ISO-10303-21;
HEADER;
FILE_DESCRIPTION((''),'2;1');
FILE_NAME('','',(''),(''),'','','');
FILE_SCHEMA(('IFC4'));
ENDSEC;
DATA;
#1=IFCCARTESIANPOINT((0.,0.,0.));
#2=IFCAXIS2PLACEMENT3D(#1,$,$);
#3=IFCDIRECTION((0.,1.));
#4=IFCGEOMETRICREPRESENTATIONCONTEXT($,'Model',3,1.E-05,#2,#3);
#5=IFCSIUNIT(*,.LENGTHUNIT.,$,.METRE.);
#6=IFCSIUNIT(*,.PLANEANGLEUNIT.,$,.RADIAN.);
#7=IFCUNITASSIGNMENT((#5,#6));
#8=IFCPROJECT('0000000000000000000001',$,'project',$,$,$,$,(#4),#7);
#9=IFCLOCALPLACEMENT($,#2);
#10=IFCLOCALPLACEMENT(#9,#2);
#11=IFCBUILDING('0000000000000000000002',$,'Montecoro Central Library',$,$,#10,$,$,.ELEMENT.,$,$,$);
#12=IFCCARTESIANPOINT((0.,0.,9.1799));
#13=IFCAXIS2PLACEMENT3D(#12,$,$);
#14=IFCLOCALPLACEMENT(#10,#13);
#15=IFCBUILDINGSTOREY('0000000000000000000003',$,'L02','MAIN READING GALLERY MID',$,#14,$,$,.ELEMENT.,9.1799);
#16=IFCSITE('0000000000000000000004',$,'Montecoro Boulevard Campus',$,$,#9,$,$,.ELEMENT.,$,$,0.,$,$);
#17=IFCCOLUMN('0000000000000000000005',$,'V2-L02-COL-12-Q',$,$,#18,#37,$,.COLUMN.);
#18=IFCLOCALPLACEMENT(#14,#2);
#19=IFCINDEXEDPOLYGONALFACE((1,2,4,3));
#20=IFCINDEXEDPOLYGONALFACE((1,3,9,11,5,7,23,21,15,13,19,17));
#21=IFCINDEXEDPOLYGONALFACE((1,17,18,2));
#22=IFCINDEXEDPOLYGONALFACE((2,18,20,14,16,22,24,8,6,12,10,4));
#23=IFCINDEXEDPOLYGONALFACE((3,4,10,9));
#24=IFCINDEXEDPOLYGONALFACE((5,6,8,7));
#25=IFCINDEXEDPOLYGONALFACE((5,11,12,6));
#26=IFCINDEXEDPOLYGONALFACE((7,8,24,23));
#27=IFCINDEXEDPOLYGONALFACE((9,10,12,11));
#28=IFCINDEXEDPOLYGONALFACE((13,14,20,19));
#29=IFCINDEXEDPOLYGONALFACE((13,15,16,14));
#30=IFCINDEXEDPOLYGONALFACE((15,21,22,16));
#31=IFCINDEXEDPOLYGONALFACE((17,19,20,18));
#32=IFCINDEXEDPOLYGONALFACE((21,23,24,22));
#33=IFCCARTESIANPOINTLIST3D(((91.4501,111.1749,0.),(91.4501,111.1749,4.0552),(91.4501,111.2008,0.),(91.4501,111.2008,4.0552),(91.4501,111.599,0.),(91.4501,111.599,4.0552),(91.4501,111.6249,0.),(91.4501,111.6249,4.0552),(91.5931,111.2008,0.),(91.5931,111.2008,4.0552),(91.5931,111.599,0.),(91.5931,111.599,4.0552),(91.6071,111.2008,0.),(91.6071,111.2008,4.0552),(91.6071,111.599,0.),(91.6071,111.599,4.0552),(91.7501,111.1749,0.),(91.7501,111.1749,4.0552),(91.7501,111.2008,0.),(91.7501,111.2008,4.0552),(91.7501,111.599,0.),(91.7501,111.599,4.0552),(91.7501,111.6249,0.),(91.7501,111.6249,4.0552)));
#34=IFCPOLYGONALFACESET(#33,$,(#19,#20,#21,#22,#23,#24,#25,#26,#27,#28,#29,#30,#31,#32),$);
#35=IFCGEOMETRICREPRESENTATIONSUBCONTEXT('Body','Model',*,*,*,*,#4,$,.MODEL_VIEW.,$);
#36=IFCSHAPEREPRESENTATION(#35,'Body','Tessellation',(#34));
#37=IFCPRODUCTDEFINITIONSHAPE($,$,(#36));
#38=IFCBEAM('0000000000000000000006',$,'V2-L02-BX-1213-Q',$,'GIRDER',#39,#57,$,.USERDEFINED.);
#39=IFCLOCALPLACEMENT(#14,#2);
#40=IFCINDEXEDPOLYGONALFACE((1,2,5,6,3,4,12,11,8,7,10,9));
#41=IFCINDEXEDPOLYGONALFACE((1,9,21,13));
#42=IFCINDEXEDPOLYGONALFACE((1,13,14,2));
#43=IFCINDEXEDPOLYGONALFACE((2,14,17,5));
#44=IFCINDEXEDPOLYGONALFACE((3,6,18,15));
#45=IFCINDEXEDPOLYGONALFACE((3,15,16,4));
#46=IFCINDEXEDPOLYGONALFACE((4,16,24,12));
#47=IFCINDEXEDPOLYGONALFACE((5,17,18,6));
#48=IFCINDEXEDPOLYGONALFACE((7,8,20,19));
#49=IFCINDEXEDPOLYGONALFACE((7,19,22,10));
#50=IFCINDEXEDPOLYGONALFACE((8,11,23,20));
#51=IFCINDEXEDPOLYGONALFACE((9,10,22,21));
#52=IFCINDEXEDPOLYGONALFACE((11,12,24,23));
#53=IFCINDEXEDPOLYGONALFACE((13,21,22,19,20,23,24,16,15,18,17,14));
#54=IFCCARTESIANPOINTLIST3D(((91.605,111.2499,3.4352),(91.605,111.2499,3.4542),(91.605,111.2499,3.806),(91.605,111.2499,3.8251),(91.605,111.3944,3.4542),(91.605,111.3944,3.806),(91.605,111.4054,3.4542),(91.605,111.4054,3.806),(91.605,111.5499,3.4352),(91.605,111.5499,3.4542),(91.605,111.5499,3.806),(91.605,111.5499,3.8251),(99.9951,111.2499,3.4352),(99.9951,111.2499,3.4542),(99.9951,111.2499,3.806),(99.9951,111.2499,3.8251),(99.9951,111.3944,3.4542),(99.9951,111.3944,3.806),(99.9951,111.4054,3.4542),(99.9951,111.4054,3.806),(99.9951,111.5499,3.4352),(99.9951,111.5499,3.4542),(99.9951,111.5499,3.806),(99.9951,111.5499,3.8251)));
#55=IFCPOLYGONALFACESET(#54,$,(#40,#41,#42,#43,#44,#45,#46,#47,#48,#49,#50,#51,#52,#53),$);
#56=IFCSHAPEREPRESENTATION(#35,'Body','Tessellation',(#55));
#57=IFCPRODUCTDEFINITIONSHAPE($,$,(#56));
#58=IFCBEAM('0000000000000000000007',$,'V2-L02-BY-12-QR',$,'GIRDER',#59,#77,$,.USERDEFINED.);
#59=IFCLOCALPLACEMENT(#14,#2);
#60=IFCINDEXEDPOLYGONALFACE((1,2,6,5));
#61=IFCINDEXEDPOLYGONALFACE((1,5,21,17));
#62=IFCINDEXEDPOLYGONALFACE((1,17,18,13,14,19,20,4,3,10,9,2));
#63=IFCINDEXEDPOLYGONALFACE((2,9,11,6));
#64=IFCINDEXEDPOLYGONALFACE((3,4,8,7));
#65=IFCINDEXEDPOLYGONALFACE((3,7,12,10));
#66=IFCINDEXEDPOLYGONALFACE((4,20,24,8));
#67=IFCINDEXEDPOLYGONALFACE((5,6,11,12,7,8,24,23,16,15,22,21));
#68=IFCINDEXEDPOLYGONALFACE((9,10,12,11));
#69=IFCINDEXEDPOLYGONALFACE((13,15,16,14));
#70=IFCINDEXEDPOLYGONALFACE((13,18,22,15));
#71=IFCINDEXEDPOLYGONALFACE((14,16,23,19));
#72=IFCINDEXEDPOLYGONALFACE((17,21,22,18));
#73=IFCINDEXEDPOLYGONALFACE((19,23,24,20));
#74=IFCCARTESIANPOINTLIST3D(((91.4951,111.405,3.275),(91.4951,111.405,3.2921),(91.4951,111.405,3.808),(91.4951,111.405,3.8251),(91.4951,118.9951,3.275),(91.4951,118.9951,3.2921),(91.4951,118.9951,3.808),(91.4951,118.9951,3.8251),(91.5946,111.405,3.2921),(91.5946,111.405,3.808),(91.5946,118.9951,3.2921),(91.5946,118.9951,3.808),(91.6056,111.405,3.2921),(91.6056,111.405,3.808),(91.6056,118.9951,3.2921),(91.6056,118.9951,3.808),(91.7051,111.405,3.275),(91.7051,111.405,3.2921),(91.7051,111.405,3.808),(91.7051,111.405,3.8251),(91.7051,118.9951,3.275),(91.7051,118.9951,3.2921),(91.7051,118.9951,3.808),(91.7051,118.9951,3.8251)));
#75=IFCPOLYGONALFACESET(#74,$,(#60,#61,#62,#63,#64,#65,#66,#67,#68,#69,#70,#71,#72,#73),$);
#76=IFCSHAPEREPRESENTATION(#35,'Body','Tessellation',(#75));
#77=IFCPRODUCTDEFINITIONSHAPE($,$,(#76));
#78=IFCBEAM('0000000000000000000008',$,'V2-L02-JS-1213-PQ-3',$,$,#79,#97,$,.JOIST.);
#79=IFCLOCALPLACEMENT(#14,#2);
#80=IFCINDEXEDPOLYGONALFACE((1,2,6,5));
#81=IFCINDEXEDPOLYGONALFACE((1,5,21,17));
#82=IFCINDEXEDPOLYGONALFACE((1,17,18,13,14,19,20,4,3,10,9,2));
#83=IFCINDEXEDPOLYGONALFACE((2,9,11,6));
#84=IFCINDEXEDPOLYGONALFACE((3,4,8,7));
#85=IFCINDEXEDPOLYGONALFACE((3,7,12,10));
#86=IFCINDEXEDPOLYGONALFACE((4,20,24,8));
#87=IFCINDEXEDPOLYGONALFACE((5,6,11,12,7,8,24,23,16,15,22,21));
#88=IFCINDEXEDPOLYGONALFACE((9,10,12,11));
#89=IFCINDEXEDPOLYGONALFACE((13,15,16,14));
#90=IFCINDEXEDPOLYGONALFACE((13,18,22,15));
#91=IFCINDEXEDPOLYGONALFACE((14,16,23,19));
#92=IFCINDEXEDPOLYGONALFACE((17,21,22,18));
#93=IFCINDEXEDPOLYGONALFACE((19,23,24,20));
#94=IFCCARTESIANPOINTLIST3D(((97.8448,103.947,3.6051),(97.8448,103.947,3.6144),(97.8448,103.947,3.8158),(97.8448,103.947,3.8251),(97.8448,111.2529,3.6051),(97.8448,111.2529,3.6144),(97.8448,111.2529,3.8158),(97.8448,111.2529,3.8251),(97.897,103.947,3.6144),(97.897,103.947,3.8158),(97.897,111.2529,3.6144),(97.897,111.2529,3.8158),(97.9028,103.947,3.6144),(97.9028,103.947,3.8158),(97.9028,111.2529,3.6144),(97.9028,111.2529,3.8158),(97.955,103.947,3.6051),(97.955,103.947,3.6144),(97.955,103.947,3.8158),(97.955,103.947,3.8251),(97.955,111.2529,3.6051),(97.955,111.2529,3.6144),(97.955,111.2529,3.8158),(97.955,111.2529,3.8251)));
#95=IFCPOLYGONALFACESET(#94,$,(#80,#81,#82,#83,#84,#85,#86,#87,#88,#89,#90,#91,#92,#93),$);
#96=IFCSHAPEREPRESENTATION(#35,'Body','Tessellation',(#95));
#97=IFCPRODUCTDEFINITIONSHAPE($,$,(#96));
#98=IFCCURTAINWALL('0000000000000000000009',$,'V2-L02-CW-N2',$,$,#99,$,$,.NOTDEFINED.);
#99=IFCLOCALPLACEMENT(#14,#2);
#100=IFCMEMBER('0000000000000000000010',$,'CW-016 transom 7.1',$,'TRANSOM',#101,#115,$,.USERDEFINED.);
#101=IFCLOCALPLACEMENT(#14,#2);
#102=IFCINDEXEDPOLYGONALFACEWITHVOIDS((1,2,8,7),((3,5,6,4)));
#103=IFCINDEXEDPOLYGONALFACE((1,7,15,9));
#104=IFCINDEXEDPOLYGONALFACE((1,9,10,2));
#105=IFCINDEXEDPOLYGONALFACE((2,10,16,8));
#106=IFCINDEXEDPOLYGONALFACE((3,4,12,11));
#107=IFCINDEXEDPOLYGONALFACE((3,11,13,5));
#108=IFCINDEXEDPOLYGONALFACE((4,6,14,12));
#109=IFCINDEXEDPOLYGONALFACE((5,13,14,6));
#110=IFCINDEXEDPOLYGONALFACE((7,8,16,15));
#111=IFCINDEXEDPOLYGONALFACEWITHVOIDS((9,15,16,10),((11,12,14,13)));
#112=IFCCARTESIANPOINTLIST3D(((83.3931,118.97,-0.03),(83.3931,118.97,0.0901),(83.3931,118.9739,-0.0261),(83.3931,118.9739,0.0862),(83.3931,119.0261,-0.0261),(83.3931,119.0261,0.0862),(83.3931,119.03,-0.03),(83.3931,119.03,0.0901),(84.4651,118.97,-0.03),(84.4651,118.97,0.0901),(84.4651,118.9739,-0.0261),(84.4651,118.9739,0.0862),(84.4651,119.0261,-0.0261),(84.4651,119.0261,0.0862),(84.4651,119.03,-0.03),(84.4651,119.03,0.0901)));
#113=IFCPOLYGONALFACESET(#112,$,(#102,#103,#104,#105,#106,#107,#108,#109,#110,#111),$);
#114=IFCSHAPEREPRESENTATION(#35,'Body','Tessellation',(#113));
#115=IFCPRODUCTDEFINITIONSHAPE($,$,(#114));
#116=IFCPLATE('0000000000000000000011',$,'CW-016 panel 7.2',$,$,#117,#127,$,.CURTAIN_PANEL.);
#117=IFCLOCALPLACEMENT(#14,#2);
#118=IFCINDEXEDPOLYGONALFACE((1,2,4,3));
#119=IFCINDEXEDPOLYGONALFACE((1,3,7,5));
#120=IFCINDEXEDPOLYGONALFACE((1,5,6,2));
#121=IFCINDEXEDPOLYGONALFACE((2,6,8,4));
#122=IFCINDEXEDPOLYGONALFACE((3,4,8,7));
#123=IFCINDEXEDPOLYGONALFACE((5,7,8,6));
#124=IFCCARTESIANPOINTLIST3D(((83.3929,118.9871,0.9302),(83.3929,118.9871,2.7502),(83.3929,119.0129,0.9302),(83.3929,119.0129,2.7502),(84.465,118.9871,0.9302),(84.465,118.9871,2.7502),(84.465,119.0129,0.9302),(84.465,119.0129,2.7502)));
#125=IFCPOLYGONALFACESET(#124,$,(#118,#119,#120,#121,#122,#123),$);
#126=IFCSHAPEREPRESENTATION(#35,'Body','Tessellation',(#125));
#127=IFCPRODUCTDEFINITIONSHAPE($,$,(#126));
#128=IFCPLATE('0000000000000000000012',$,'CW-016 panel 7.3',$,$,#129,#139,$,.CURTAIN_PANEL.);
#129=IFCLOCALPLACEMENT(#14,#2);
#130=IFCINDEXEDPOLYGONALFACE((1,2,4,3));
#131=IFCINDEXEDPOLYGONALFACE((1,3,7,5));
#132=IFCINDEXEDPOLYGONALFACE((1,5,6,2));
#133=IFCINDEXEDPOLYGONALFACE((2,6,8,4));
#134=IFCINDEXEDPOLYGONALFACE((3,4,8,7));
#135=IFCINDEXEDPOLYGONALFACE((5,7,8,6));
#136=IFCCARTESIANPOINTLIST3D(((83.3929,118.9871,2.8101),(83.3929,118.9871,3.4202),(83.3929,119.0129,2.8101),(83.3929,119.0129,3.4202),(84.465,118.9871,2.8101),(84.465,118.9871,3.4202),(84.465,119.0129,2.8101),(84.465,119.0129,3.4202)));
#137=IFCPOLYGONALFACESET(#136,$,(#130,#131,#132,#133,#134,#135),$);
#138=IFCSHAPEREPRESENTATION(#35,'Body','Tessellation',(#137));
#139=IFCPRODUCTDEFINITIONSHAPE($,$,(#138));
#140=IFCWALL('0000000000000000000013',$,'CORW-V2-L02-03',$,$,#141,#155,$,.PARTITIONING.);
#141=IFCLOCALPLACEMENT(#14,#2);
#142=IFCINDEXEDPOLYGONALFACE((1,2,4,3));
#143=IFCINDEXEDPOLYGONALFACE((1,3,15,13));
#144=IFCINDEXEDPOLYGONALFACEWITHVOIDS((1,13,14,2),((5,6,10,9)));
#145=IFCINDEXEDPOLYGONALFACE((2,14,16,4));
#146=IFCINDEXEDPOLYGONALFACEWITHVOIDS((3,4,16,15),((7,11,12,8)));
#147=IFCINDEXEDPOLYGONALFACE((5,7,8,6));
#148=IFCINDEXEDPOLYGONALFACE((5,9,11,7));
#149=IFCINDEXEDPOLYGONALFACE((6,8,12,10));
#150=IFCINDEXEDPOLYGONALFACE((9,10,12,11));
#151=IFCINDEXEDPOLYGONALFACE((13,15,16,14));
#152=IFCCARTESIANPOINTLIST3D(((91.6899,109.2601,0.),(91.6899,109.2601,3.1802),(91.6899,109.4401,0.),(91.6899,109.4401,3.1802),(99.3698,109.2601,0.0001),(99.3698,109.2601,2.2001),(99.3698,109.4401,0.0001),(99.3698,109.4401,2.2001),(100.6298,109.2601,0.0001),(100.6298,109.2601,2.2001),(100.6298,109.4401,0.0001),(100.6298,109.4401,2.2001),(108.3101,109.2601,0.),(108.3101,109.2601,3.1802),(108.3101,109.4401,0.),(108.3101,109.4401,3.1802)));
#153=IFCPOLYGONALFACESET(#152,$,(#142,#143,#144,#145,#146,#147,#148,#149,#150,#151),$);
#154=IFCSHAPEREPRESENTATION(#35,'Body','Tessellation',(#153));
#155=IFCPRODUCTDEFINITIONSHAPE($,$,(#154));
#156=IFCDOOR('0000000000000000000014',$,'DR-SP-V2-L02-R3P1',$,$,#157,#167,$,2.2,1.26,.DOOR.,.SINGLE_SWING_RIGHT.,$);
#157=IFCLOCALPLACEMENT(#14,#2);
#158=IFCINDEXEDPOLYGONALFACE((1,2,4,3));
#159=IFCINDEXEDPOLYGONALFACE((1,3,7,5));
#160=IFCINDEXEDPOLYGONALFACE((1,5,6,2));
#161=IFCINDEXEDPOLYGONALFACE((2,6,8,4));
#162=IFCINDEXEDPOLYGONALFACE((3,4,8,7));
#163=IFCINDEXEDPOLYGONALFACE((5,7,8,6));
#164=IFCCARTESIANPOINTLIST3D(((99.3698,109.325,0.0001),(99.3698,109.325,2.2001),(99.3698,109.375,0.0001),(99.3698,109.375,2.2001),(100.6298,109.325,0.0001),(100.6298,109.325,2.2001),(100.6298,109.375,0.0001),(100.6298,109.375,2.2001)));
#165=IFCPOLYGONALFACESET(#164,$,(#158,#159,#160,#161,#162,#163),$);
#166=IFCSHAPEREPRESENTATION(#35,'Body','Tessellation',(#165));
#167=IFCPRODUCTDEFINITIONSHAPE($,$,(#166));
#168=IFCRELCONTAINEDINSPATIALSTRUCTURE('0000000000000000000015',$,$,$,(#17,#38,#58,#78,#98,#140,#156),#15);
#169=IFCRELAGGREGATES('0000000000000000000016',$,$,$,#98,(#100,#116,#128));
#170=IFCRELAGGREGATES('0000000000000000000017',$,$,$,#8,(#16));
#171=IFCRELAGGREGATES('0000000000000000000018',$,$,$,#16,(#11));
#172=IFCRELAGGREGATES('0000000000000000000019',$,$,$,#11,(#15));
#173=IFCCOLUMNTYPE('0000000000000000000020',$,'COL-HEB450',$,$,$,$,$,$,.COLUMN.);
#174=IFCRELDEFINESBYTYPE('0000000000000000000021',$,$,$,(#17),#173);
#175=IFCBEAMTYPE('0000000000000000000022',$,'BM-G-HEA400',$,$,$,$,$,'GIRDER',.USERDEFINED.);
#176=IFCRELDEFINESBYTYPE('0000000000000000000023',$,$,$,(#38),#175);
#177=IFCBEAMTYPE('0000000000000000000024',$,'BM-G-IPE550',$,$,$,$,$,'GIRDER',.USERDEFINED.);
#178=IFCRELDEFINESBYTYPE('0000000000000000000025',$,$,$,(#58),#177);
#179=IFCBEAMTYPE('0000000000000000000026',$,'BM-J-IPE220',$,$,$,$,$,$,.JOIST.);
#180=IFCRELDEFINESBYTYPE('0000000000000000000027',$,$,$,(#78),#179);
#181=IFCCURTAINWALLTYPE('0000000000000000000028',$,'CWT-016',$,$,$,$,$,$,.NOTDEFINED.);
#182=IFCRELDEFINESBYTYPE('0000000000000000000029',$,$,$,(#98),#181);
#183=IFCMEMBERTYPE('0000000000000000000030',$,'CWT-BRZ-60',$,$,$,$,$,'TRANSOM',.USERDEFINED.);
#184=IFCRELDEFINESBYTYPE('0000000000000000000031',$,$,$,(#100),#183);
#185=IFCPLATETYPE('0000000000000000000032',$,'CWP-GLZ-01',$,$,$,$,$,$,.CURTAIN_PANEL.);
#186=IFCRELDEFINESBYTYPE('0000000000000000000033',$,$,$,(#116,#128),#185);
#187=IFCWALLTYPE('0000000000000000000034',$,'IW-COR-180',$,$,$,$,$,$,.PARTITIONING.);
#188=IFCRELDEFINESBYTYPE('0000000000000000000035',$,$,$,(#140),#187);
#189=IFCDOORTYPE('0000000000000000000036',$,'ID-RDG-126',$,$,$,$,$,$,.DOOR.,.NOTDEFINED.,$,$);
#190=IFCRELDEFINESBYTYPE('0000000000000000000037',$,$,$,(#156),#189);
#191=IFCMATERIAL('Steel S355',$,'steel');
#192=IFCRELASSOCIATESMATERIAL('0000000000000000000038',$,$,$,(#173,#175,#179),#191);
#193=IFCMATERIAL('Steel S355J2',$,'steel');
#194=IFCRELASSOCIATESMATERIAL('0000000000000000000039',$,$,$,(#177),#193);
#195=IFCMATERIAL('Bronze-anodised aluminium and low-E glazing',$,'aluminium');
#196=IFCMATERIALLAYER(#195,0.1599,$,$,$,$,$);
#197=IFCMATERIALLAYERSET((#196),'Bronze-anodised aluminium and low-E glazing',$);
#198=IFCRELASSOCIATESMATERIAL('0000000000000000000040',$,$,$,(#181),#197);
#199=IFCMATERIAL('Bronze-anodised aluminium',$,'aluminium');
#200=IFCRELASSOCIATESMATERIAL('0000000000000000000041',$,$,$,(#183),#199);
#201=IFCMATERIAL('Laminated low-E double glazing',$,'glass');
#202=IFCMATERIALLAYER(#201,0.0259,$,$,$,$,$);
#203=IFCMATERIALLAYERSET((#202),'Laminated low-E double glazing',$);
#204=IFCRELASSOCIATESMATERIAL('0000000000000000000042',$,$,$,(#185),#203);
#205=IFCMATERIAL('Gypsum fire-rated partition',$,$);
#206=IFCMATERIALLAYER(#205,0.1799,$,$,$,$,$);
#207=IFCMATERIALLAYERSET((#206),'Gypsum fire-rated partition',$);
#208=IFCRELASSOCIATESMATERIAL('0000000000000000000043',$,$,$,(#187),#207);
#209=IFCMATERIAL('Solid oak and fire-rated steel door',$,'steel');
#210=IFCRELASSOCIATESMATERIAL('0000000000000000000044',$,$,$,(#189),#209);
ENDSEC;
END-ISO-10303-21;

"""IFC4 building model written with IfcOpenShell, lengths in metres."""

from ifc_helpers import new_model, si_unit, direction, frame, frame_2d, origin, origin_2d, place, context, subcontext, project, spatial, rectangle, hollow_rectangle, i_section, extrude, material, layer, layer_set, material_profile, profile_set, type_object, element, fill, aggregate, save


model = new_model("IFC4")

# Units and contexts
model_context = context("Model", 3, precision=1e-05, world=origin(), true_north=direction((0.0, 1.0)))
body_context = subcontext(model_context, "Body", "Model", "MODEL_VIEW")
ifc_project = project(units=[si_unit("LENGTHUNIT", "METRE"), si_unit("PLANEANGLEUNIT", "RADIAN")], contexts=[model_context])

# Site, building, storey
site_placement = place(None, origin())
site = spatial("IfcSite", under=ifc_project, at=site_placement, Name="Montecoro Boulevard Campus", CompositionType="ELEMENT", RefElevation=0.0)
building_placement = place(site_placement, origin())
building = spatial("IfcBuilding", under=site, at=building_placement, Name="Montecoro Central Library", CompositionType="ELEMENT")
storey_placement = place(building_placement, frame((0.0, 0.0, 9.1799)))
storey = spatial("IfcBuildingStorey", under=building, at=storey_placement, Name="L02", Description="MAIN READING GALLERY MID", CompositionType="ELEMENT", Elevation=9.1799)

# Column
ifc_material_1 = material(Name="Steel S355", Category="steel")
ifc_material_profile_1 = material_profile(ifc_material_1, i_section(OverallWidth=0.3, OverallDepth=0.45, WebThickness=0.0139, FlangeThickness=0.0259, at=origin_2d()), Name="HEB 450")
ifc_profile_set_1 = profile_set([ifc_material_profile_1], Name="Steel S355")
column_type = type_object("IfcColumnType", Name="COL-HEB450", PredefinedType="COLUMN", material=ifc_profile_set_1)
column_placement = place(storey_placement, frame((91.6001, 111.3999, 0.0), z_axis=(0.0, 0.0, 1.0), x_axis=(1.0, 0.0, 0.0)))
element("IfcColumn", 1, at=column_placement, inside=storey, type_object=column_type, Name="V2-L02-COL-12-Q", PredefinedType="COLUMN", context=body_context, shape_type="SweptSolid", body=[
    extrude(i_section(OverallWidth=0.3, OverallDepth=0.45, WebThickness=0.0139, FlangeThickness=0.0259, at=origin_2d()), origin(), (0.0, 0.0, 1.0), 4.0552),
])

# Beams
ifc_material_profile_2 = material_profile(ifc_material_1, i_section(OverallWidth=0.3, OverallDepth=0.3899, WebThickness=0.011, FlangeThickness=0.019, at=origin_2d()), Name="HEA 400")
ifc_profile_set_2 = profile_set([ifc_material_profile_2], Name="Steel S355")
beam_type_1 = type_object("IfcBeamType", Name="BM-G-HEA400", ElementType="GIRDER", PredefinedType="USERDEFINED", material=ifc_profile_set_2)
beam_1_placement = place(storey_placement, frame((91.605, 111.3999, 3.6301), z_axis=(1.0, 0.0, 0.0), x_axis=(0.0, 1.0, 0.0)))
element("IfcBeam", 2, at=beam_1_placement, inside=storey, type_object=beam_type_1, Name="V2-L02-BX-1213-Q", ObjectType="GIRDER", PredefinedType="USERDEFINED", context=body_context, shape_type="SweptSolid", body=[
    extrude(i_section(OverallWidth=0.3, OverallDepth=0.3899, WebThickness=0.011, FlangeThickness=0.019, at=origin_2d()), origin(), (0.0, 0.0, 1.0), 8.3901),
])
ifc_material_2 = material(Name="Steel S355J2", Category="steel")
ifc_material_profile_3 = material_profile(ifc_material_2, i_section(OverallWidth=0.21, OverallDepth=0.55, WebThickness=0.011, FlangeThickness=0.0171, at=origin_2d()), Name="IPE 550")
ifc_profile_set_3 = profile_set([ifc_material_profile_3], Name="Steel S355J2")
beam_type_2 = type_object("IfcBeamType", Name="BM-G-IPE550", ElementType="GIRDER", PredefinedType="USERDEFINED", material=ifc_profile_set_3)
beam_2_placement = place(storey_placement, frame((91.6001, 111.405, 3.55), z_axis=(0.0, 1.0, 0.0), x_axis=(-1.0, 0.0, 0.0)))
element("IfcBeam", 3, at=beam_2_placement, inside=storey, type_object=beam_type_2, Name="V2-L02-BY-12-QR", ObjectType="GIRDER", PredefinedType="USERDEFINED", context=body_context, shape_type="SweptSolid", body=[
    extrude(i_section(OverallWidth=0.21, OverallDepth=0.55, WebThickness=0.011, FlangeThickness=0.0171, at=origin_2d()), origin(), (0.0, 0.0, 1.0), 7.5901),
])
ifc_material_profile_4 = material_profile(ifc_material_1, i_section(OverallWidth=0.1101, OverallDepth=0.22, WebThickness=0.0059, FlangeThickness=0.0093, at=origin_2d()), Name="IPE 220")
ifc_profile_set_4 = profile_set([ifc_material_profile_4], Name="Steel S355")
beam_type_3 = type_object("IfcBeamType", Name="BM-J-IPE220", PredefinedType="JOIST", material=ifc_profile_set_4)
beam_3_placement = place(storey_placement, frame((97.8999, 103.947, 3.7151), z_axis=(0.0, 1.0, 0.0), x_axis=(-1.0, 0.0, 0.0)))
element("IfcBeam", 4, at=beam_3_placement, inside=storey, type_object=beam_type_3, Name="V2-L02-JS-1213-PQ-3", PredefinedType="JOIST", context=body_context, shape_type="SweptSolid", body=[
    extrude(i_section(OverallWidth=0.1101, OverallDepth=0.22, WebThickness=0.0059, FlangeThickness=0.0093, at=origin_2d()), origin(), (0.0, 0.0, 1.0), 7.3059),
])

# Curtain wall, member, plates
ifc_material_3 = material(Name="Bronze-anodised aluminium and low-E glazing", Category="aluminium")
ifc_layer_1 = layer(ifc_material_3, 0.1599)
ifc_layer_set_1 = layer_set([ifc_layer_1], Name="Bronze-anodised aluminium and low-E glazing")
curtain_wall_type = type_object("IfcCurtainWallType", Name="CWT-016", PredefinedType="NOTDEFINED", material=ifc_layer_set_1)
curtain_wall_placement = place(storey_placement, origin())
curtain_wall = element("IfcCurtainWall", 5, at=curtain_wall_placement, inside=storey, type_object=curtain_wall_type, Name="V2-L02-CW-N2", PredefinedType="NOTDEFINED")
ifc_material_4 = material(Name="Bronze-anodised aluminium", Category="aluminium")
ifc_material_profile_5 = material_profile(ifc_material_4, hollow_rectangle(XDim=0.0601, YDim=0.1201, WallThickness=0.0039, at=origin_2d()), Name="CWT 120x60x4.0")
ifc_profile_set_5 = profile_set([ifc_material_profile_5], Name="Bronze-anodised aluminium")
member_type = type_object("IfcMemberType", Name="CWT-BRZ-60", ElementType="TRANSOM", PredefinedType="USERDEFINED", material=ifc_profile_set_5)
member_placement = place(storey_placement, frame((84.4651, 119.0, 0.03), z_axis=(-1.0, 0.0, 0.0), x_axis=(0.0, -1.0, 0.0)))
member = element("IfcMember", 6, at=member_placement, type_object=member_type, Name="CW-016 transom 7.1", ObjectType="TRANSOM", PredefinedType="USERDEFINED", context=body_context, shape_type="SweptSolid", body=[
    extrude(hollow_rectangle(XDim=0.0601, YDim=0.1201, WallThickness=0.0039, at=origin_2d()), origin(), (0.0, 0.0, 1.0), 1.072),
])
ifc_material_5 = material(Name="Laminated low-E double glazing", Category="glass")
ifc_layer_2 = layer(ifc_material_5, 0.0259)
ifc_layer_set_2 = layer_set([ifc_layer_2], Name="Laminated low-E double glazing")
plate_type = type_object("IfcPlateType", Name="CWP-GLZ-01", PredefinedType="CURTAIN_PANEL", material=ifc_layer_set_2)
plate_1_placement = place(storey_placement, frame((83.929, 119.0, 0.9302), z_axis=(0.0, 0.0, 1.0), x_axis=(-1.0, 0.0, 0.0)))
plate_1 = element("IfcPlate", 7, at=plate_1_placement, type_object=plate_type, Name="CW-016 panel 7.2", PredefinedType="CURTAIN_PANEL", context=body_context, shape_type="SweptSolid", body=[
    extrude(rectangle(XDim=1.072, YDim=0.0259, at=origin_2d()), origin(), (0.0, 0.0, 1.0), 1.8201),
])
plate_2_placement = place(storey_placement, frame((83.929, 119.0, 2.8101), z_axis=(0.0, 0.0, 1.0), x_axis=(-1.0, 0.0, 0.0)))
plate_2 = element("IfcPlate", 8, at=plate_2_placement, type_object=plate_type, Name="CW-016 panel 7.3", PredefinedType="CURTAIN_PANEL", context=body_context, shape_type="SweptSolid", body=[
    extrude(rectangle(XDim=1.072, YDim=0.0259, at=origin_2d()), origin(), (0.0, 0.0, 1.0), 0.6101),
])
aggregate(curtain_wall, [member, plate_1, plate_2])

# Wall, opening, door
ifc_material_6 = material(Name="Gypsum fire-rated partition")
ifc_layer_3 = layer(ifc_material_6, 0.1799)
ifc_layer_set_3 = layer_set([ifc_layer_3], Name="Gypsum fire-rated partition")
wall_type_1 = type_object("IfcWallType", Name="IW-COR-180", PredefinedType="PARTITIONING", material=ifc_layer_set_3)
wall_1_placement = place(storey_placement, frame((91.6899, 109.3501, 0.0), z_axis=(0.0, 0.0, 1.0), x_axis=(1.0, 0.0, 0.0)))
wall_1 = element("IfcWall", 9, at=wall_1_placement, inside=storey, type_object=wall_type_1, Name="CORW-V2-L02-03", PredefinedType="PARTITIONING", context=body_context, shape_type="SweptSolid", body=[
    extrude(rectangle(XDim=16.6201, YDim=0.1799, at=frame_2d((8.3101, 0.0))), origin(), (0.0, 0.0, 1.0), 3.1802),
])
opening_1_placement = place(wall_1_placement, frame((7.6799, 0.0, 0.0)))
opening_1 = element("IfcOpeningElement", 10, at=opening_1_placement, cuts=wall_1, PredefinedType="OPENING", context=body_context, shape_type="SweptSolid", body=[
    extrude(rectangle(XDim=1.26, YDim=2.2, at=frame_2d((0.6299, 1.1001))), frame((0.0, 0.0999, 0.0), z_axis=(0.0, -1.0, 0.0), x_axis=(1.0, 0.0, 0.0)), (0.0, 0.0, 1.0), 0.2),
])
ifc_material_7 = material(Name="Solid oak and fire-rated steel door", Category="steel")
door_type_1 = type_object("IfcDoorType", Name="ID-RDG-126", OperationType="NOTDEFINED", PredefinedType="DOOR", material=ifc_material_7)
door_1_placement = place(opening_1_placement, origin())
door_1 = element("IfcDoor", 11, at=door_1_placement, inside=storey, type_object=door_type_1, Name="DR-SP-V2-L02-R3P1", OperationType="SINGLE_SWING_RIGHT", OverallHeight=2.2, OverallWidth=1.26, PredefinedType="DOOR", context=body_context, shape_type="SweptSolid", body=[
    extrude(rectangle(XDim=1.26, YDim=2.2, at=frame_2d((0.6299, 1.1001))), frame((0.0, 0.0249, 0.0), z_axis=(0.0, -1.0, 0.0), x_axis=(1.0, 0.0, 0.0)), (0.0, 0.0, 1.0), 0.05),
])
fill(opening_1, door_1)

save(model, "model.ifc")
